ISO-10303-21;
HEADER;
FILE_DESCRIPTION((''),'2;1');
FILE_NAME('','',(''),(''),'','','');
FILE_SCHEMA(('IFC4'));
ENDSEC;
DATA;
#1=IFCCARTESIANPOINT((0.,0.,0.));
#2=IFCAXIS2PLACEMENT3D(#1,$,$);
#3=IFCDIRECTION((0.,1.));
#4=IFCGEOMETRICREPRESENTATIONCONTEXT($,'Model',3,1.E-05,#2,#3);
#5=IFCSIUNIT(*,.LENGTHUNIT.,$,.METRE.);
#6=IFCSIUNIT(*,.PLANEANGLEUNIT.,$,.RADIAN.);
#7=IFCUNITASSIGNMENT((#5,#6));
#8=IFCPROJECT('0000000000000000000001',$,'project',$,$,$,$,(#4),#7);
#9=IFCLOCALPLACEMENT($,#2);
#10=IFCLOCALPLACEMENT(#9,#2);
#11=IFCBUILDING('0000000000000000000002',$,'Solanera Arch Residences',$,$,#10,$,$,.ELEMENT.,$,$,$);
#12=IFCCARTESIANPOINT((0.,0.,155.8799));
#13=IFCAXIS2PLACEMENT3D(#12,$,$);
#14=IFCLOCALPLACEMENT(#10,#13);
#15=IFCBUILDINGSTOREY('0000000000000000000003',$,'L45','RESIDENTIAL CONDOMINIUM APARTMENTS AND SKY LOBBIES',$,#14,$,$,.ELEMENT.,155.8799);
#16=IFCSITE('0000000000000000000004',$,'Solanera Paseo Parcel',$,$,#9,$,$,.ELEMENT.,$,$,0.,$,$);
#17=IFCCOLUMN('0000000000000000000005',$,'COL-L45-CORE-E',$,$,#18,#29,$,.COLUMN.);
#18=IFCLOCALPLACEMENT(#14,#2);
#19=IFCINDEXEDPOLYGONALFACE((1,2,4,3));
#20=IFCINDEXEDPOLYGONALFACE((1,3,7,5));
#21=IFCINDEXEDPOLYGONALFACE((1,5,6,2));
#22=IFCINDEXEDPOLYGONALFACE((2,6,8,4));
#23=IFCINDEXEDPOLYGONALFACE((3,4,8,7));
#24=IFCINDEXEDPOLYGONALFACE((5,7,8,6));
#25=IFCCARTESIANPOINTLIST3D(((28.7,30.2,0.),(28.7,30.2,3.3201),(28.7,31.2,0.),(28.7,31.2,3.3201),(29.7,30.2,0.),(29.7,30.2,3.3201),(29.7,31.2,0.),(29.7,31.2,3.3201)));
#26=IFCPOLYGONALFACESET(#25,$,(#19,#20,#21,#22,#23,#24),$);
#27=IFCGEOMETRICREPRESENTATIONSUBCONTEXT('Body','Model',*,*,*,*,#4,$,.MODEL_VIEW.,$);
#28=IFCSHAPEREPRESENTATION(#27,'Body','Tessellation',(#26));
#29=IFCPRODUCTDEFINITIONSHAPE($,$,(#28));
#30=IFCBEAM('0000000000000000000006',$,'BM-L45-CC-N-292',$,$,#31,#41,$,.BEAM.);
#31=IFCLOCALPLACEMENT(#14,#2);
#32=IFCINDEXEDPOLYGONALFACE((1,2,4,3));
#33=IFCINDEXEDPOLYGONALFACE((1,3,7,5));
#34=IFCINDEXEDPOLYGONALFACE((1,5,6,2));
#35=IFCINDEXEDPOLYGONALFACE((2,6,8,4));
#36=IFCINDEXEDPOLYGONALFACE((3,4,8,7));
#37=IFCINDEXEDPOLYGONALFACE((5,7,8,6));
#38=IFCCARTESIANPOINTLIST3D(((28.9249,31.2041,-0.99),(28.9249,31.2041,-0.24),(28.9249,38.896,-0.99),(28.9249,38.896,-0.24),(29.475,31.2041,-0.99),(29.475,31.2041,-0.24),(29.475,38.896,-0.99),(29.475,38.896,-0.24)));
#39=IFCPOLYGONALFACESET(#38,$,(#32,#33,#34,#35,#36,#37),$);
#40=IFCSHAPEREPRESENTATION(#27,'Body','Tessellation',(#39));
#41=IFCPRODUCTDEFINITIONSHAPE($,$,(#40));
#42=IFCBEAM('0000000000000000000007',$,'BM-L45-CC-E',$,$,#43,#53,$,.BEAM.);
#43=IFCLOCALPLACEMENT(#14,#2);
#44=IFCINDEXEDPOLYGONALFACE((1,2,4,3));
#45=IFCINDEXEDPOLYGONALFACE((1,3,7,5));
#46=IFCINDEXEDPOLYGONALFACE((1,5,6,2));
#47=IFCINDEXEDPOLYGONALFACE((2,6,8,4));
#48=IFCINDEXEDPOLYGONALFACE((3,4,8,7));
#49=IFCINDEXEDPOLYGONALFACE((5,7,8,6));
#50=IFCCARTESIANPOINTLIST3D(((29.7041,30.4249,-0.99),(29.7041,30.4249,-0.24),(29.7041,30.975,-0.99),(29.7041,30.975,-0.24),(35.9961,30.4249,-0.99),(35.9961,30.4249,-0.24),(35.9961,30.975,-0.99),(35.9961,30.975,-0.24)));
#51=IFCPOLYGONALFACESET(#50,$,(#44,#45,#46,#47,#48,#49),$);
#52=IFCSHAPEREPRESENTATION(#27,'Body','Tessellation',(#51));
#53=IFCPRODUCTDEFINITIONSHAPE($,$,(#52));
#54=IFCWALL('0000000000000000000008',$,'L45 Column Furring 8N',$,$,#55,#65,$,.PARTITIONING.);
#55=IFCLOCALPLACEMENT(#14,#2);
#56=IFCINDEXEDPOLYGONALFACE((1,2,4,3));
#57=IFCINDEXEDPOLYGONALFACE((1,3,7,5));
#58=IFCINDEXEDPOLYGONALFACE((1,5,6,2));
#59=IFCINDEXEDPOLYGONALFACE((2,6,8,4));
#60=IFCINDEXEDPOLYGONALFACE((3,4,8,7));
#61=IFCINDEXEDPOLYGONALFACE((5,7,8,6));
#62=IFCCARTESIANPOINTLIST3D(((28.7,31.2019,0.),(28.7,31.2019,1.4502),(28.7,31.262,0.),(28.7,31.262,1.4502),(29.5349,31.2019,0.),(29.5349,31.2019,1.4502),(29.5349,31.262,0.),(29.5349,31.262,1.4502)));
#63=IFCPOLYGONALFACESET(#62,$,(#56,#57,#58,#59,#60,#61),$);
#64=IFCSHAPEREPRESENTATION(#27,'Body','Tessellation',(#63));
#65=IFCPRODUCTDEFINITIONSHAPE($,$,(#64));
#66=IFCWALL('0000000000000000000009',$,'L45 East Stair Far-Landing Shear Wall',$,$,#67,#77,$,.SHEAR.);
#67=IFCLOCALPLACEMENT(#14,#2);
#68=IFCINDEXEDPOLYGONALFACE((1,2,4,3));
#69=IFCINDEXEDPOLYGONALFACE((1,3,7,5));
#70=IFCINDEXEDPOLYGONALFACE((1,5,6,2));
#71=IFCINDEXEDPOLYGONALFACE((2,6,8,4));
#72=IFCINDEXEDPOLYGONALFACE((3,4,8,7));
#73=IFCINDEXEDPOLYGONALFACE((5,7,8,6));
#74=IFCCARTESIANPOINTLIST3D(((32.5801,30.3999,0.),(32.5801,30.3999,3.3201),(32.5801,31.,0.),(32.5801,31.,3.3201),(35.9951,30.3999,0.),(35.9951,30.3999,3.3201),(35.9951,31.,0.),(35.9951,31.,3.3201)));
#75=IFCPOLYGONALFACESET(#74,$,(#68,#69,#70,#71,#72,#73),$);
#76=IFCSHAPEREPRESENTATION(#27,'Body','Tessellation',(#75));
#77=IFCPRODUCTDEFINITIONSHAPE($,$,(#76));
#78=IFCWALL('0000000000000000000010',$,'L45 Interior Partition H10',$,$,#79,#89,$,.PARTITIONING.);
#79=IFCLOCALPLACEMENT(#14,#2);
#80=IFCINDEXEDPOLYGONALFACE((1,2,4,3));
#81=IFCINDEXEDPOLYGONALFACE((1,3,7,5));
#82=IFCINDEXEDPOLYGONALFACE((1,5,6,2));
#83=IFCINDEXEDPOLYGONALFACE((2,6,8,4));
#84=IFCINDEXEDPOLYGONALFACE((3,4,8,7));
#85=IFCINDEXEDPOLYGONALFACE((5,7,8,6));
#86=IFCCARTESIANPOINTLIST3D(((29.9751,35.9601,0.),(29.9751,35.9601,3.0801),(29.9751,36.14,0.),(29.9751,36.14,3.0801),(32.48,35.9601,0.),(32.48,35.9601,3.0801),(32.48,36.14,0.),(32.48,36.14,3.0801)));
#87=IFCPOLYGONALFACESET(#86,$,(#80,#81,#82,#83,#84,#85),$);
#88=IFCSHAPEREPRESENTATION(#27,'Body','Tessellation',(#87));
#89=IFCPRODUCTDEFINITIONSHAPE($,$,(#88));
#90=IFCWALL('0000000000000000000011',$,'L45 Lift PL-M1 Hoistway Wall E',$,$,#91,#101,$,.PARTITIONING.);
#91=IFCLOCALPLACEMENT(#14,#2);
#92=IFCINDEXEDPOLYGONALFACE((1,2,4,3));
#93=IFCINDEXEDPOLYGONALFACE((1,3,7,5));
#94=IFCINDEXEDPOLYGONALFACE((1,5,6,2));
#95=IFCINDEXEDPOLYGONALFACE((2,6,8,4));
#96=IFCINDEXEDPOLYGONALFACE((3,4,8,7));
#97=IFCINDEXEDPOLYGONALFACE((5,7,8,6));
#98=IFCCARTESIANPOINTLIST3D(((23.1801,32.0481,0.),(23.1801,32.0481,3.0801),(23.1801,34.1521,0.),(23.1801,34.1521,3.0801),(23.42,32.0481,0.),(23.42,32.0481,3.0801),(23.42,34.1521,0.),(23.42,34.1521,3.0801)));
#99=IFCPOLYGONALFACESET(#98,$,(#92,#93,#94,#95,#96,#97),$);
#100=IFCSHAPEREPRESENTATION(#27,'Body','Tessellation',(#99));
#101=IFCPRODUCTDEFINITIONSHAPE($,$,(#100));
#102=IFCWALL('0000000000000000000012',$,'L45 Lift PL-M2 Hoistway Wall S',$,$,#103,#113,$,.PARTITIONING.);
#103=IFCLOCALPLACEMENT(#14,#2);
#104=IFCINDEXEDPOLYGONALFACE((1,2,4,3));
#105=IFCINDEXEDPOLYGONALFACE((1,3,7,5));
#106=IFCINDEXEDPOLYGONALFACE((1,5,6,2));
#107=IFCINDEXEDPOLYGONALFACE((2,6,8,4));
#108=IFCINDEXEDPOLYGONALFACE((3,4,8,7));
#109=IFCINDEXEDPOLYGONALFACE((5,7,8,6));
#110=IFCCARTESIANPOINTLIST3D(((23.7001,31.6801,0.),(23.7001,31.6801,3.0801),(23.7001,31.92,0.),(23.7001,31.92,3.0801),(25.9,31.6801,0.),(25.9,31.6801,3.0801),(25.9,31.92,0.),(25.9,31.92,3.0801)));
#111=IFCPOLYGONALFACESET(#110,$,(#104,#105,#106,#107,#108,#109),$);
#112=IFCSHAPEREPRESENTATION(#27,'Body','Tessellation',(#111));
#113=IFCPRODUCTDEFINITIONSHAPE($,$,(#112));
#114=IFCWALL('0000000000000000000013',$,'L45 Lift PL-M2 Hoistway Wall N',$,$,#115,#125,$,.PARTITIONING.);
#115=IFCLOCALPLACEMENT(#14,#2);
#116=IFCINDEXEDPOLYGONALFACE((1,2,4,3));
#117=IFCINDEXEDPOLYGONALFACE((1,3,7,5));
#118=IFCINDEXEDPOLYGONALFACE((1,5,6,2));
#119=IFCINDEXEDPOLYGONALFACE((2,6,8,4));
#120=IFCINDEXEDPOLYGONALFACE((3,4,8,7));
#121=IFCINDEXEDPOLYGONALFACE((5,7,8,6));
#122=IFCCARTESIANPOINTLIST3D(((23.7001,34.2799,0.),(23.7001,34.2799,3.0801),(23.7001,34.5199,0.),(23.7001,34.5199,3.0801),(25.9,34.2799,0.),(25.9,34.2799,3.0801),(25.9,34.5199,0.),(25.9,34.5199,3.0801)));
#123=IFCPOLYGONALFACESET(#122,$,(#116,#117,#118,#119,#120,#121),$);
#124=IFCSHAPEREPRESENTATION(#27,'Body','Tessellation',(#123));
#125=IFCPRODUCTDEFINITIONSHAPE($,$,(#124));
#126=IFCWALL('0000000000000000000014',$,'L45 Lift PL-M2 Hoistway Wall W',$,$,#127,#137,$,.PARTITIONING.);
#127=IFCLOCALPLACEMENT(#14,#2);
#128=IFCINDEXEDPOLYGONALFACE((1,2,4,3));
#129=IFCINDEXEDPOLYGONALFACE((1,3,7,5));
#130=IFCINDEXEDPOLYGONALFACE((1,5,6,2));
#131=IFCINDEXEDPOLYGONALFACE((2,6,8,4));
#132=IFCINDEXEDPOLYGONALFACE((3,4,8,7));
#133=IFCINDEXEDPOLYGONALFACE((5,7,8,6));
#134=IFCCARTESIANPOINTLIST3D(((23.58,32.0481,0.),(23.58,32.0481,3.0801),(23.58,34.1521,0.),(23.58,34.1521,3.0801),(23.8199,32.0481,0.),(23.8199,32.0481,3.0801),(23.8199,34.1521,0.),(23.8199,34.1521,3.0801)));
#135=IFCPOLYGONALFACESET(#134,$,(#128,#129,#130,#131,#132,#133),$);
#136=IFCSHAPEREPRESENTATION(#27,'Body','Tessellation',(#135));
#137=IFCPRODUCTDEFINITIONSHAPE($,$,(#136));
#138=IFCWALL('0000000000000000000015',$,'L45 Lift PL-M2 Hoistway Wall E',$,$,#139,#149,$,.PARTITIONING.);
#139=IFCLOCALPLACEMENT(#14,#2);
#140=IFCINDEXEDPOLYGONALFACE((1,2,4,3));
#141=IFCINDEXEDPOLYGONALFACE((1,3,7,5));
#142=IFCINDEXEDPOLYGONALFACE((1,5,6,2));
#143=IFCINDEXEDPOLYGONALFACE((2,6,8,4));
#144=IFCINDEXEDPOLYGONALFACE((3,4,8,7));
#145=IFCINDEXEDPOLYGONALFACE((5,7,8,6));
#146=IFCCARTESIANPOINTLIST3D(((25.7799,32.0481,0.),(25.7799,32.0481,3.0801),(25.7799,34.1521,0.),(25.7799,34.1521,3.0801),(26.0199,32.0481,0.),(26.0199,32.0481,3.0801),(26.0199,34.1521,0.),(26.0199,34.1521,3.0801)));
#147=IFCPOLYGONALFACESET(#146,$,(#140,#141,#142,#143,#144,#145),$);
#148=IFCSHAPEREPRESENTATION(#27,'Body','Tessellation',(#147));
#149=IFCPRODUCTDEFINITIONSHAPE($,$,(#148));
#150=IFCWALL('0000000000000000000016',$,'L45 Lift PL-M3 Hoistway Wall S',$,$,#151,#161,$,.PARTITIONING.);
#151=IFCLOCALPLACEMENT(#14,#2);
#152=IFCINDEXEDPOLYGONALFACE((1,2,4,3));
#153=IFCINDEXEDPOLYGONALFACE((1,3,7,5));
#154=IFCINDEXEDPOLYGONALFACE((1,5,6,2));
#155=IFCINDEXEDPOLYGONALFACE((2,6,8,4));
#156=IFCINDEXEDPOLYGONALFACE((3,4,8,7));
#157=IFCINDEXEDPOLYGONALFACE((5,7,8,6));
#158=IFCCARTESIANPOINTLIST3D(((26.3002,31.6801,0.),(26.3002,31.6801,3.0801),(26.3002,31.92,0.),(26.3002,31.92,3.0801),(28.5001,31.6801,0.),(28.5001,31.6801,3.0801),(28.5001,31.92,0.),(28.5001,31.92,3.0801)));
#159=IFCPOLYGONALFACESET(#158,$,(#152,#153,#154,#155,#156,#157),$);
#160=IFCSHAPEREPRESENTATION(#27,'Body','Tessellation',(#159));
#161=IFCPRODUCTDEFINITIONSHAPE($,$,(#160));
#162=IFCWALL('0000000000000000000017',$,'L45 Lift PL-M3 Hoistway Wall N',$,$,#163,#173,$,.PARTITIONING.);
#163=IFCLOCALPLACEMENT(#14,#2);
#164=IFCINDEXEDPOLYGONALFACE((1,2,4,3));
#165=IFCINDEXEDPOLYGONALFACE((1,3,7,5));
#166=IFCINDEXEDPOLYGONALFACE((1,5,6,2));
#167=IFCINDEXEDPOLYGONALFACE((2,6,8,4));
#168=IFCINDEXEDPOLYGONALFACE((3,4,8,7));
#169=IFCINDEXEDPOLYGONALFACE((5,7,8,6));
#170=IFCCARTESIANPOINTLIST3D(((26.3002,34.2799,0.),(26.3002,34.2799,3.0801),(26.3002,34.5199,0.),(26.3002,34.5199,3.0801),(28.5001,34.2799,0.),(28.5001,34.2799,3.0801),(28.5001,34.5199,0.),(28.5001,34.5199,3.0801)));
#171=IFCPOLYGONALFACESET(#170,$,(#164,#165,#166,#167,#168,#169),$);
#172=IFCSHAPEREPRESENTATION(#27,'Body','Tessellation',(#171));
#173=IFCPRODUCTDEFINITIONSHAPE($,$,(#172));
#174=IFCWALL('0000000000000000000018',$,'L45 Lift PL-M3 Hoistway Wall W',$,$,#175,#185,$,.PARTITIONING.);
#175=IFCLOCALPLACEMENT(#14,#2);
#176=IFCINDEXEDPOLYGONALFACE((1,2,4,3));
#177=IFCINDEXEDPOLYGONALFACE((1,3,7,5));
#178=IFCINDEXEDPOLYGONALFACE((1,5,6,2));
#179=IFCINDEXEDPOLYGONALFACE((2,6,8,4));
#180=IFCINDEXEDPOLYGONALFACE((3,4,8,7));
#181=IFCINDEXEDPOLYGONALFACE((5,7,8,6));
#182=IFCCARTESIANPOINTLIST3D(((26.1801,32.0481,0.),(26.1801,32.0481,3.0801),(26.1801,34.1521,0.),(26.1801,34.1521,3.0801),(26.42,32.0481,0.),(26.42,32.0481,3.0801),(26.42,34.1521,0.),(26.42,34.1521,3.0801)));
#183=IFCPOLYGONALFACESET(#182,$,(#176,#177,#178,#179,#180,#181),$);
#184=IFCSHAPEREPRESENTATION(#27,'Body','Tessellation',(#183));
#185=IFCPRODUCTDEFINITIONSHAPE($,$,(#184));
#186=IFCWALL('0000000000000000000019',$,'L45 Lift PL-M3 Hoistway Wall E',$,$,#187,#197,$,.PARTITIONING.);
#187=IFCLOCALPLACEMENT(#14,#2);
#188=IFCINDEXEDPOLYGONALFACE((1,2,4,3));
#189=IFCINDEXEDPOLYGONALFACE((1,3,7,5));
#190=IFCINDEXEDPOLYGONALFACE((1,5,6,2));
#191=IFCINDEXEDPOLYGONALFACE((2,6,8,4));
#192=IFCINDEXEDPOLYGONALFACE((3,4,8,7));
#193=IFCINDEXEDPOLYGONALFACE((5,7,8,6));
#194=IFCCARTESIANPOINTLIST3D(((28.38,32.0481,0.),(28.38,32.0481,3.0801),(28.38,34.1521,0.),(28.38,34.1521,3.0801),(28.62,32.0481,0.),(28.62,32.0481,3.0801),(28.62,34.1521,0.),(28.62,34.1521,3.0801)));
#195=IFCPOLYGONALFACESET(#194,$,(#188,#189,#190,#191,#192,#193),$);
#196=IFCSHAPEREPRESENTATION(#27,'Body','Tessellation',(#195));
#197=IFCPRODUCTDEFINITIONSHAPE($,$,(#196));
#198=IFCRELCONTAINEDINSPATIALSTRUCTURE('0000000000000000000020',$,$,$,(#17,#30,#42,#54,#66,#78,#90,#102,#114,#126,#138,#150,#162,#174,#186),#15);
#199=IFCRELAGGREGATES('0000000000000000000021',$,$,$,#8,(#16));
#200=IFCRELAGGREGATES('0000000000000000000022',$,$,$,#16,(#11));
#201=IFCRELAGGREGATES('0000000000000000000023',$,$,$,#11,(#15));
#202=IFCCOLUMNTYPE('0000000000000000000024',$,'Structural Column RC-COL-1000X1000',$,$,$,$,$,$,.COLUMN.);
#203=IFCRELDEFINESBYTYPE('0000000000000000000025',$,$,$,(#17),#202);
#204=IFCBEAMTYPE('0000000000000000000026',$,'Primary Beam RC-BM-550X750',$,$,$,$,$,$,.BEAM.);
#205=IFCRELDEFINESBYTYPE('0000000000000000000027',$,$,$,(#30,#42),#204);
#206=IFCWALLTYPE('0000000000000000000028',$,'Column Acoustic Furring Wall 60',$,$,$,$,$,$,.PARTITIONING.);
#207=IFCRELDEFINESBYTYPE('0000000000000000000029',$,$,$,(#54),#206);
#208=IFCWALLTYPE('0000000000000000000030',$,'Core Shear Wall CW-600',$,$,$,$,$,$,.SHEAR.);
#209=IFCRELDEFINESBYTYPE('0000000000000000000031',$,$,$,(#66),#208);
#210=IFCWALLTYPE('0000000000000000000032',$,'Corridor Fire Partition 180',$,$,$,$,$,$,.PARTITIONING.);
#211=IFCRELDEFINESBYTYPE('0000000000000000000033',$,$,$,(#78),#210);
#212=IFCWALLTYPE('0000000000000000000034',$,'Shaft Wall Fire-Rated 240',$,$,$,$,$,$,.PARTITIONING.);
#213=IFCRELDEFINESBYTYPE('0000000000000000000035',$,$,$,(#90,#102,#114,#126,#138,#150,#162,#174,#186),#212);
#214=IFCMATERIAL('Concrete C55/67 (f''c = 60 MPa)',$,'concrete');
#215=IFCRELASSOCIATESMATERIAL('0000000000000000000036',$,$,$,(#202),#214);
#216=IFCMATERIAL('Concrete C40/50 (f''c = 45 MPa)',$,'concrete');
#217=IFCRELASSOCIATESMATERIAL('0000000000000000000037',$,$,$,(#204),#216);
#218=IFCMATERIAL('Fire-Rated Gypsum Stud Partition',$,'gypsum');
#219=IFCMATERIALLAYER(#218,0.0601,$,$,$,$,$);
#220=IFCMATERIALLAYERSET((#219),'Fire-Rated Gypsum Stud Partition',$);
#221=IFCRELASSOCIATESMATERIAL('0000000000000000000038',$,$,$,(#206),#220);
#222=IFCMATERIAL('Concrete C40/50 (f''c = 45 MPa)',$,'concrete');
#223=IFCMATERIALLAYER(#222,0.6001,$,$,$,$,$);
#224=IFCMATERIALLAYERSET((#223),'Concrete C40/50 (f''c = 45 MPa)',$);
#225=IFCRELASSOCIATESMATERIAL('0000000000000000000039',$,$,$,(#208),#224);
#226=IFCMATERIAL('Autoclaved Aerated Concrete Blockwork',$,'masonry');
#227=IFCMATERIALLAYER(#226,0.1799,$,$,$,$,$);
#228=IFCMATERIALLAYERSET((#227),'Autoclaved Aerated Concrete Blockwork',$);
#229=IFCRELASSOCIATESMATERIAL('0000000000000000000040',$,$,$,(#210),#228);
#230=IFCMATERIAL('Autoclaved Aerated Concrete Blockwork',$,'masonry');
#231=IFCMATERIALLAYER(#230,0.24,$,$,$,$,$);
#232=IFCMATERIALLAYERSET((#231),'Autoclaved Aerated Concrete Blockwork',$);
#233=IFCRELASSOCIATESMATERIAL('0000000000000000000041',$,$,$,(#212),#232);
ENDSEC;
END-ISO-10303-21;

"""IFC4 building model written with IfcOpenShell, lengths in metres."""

from ifc_helpers import new_model, si_unit, direction, frame, frame_2d, origin, origin_2d, place, context, subcontext, project, spatial, rectangle, extrude, material, layer, layer_set, material_profile, profile_set, type_object, element, save


model = new_model("IFC4")

# Units and contexts
model_context = context("Model", 3, precision=1e-05, world=origin(), true_north=direction((0.0, 1.0)))
body_context = subcontext(model_context, "Body", "Model", "MODEL_VIEW")
ifc_project = project(units=[si_unit("LENGTHUNIT", "METRE"), si_unit("PLANEANGLEUNIT", "RADIAN")], contexts=[model_context])

# Site, building, storey
site_placement = place(None, origin())
site = spatial("IfcSite", under=ifc_project, at=site_placement, Name="Solanera Paseo Parcel", CompositionType="ELEMENT", RefElevation=0.0)
building_placement = place(site_placement, origin())
building = spatial("IfcBuilding", under=site, at=building_placement, Name="Solanera Arch Residences", CompositionType="ELEMENT")
storey_placement = place(building_placement, frame((0.0, 0.0, 155.8799)))
storey = spatial("IfcBuildingStorey", under=building, at=storey_placement, Name="L45", Description="RESIDENTIAL CONDOMINIUM APARTMENTS AND SKY LOBBIES", CompositionType="ELEMENT", Elevation=155.8799)

# Column
ifc_material_1 = material(Name="Concrete C55/67 (f'c = 60 MPa)", Category="concrete")
ifc_material_profile_1 = material_profile(ifc_material_1, rectangle(XDim=1.0, YDim=1.0, at=origin_2d()))
ifc_profile_set_1 = profile_set([ifc_material_profile_1], Name="Concrete C55/67 (f'c = 60 MPa)")
column_type = type_object("IfcColumnType", Name="Structural Column RC-COL-1000X1000", PredefinedType="COLUMN", material=ifc_profile_set_1)
column_placement = place(storey_placement, frame((29.2, 30.7, 0.0), z_axis=(0.0, 0.0, 1.0), x_axis=(1.0, 0.0, 0.0)))
element("IfcColumn", 1, at=column_placement, inside=storey, type_object=column_type, Name="COL-L45-CORE-E", PredefinedType="COLUMN", context=body_context, shape_type="SweptSolid", body=[
    extrude(rectangle(XDim=1.0, YDim=1.0, at=origin_2d()), origin(), (0.0, 0.0, 1.0), 3.3201),
])

# Beams
ifc_material_2 = material(Name="Concrete C40/50 (f'c = 45 MPa)", Category="concrete")
ifc_material_profile_2 = material_profile(ifc_material_2, rectangle(XDim=0.55, YDim=0.75, at=origin_2d()))
ifc_profile_set_2 = profile_set([ifc_material_profile_2], Name="Concrete C40/50 (f'c = 45 MPa)")
beam_type = type_object("IfcBeamType", Name="Primary Beam RC-BM-550X750", PredefinedType="BEAM", material=ifc_profile_set_2)
beam_1_placement = place(storey_placement, frame((29.2, 31.2041, -0.615), z_axis=(0.0, 1.0, 0.0), x_axis=(-1.0, 0.0, 0.0)))
element("IfcBeam", 2, at=beam_1_placement, inside=storey, type_object=beam_type, Name="BM-L45-CC-N-292", PredefinedType="BEAM", context=body_context, shape_type="SweptSolid", body=[
    extrude(rectangle(XDim=0.55, YDim=0.75, at=origin_2d()), origin(), (0.0, 0.0, 1.0), 7.6919),
])
beam_2_placement = place(storey_placement, frame((29.7041, 30.7, -0.615), z_axis=(1.0, 0.0, 0.0), x_axis=(0.0, 1.0, 0.0)))
element("IfcBeam", 3, at=beam_2_placement, inside=storey, type_object=beam_type, Name="BM-L45-CC-E", PredefinedType="BEAM", context=body_context, shape_type="SweptSolid", body=[
    extrude(rectangle(XDim=0.55, YDim=0.75, at=origin_2d()), origin(), (0.0, 0.0, 1.0), 6.292),
])

# Walls
ifc_material_3 = material(Name="Fire-Rated Gypsum Stud Partition", Category="gypsum")
ifc_layer_1 = layer(ifc_material_3, 0.0601)
ifc_layer_set_1 = layer_set([ifc_layer_1], Name="Fire-Rated Gypsum Stud Partition")
wall_type_1 = type_object("IfcWallType", Name="Column Acoustic Furring Wall 60", PredefinedType="PARTITIONING", material=ifc_layer_set_1)
wall_1_placement = place(storey_placement, frame((28.7, 31.2319, 0.0), z_axis=(0.0, 0.0, 1.0), x_axis=(1.0, 0.0, 0.0)))
element("IfcWall", 4, at=wall_1_placement, inside=storey, type_object=wall_type_1, Name="L45 Column Furring 8N", PredefinedType="PARTITIONING", context=body_context, shape_type="SweptSolid", body=[
    extrude(rectangle(XDim=0.835, YDim=0.0601, at=frame_2d((0.4175, 0.0))), origin(), (0.0, 0.0, 1.0), 1.4502),
])
ifc_material_4 = material(Name="Concrete C40/50 (f'c = 45 MPa)", Category="concrete")
ifc_layer_2 = layer(ifc_material_4, 0.6001)
ifc_layer_set_2 = layer_set([ifc_layer_2], Name="Concrete C40/50 (f'c = 45 MPa)")
wall_type_2 = type_object("IfcWallType", Name="Core Shear Wall CW-600", PredefinedType="SHEAR", material=ifc_layer_set_2)
wall_2_placement = place(storey_placement, frame((32.5801, 30.7, 0.0), z_axis=(0.0, 0.0, 1.0), x_axis=(1.0, 0.0, 0.0)))
element("IfcWall", 5, at=wall_2_placement, inside=storey, type_object=wall_type_2, Name="L45 East Stair Far-Landing Shear Wall", PredefinedType="SHEAR", context=body_context, shape_type="SweptSolid", body=[
    extrude(rectangle(XDim=3.415, YDim=0.6001, at=frame_2d((1.7075, 0.0))), origin(), (0.0, 0.0, 1.0), 3.3201),
])
ifc_material_5 = material(Name="Autoclaved Aerated Concrete Blockwork", Category="masonry")
ifc_layer_3 = layer(ifc_material_5, 0.1799)
ifc_layer_set_3 = layer_set([ifc_layer_3], Name="Autoclaved Aerated Concrete Blockwork")
wall_type_3 = type_object("IfcWallType", Name="Corridor Fire Partition 180", PredefinedType="PARTITIONING", material=ifc_layer_set_3)
wall_3_placement = place(storey_placement, frame((29.9751, 36.05, 0.0), z_axis=(0.0, 0.0, 1.0), x_axis=(1.0, 0.0, 0.0)))
element("IfcWall", 6, at=wall_3_placement, inside=storey, type_object=wall_type_3, Name="L45 Interior Partition H10", PredefinedType="PARTITIONING", context=body_context, shape_type="SweptSolid", body=[
    extrude(rectangle(XDim=2.5049, YDim=0.1799, at=frame_2d((1.2524, 0.0))), origin(), (0.0, 0.0, 1.0), 3.0801),
])
ifc_material_6 = material(Name="Autoclaved Aerated Concrete Blockwork", Category="masonry")
ifc_layer_4 = layer(ifc_material_6, 0.24)
ifc_layer_set_4 = layer_set([ifc_layer_4], Name="Autoclaved Aerated Concrete Blockwork")
wall_type_4 = type_object("IfcWallType", Name="Shaft Wall Fire-Rated 240", PredefinedType="PARTITIONING", material=ifc_layer_set_4)
wall_4_placement = place(storey_placement, frame((23.3, 32.0481, 0.0), z_axis=(0.0, 0.0, 1.0), x_axis=(0.0, 1.0, 0.0)))
element("IfcWall", 7, at=wall_4_placement, inside=storey, type_object=wall_type_4, Name="L45 Lift PL-M1 Hoistway Wall E", PredefinedType="PARTITIONING", context=body_context, shape_type="SweptSolid", body=[
    extrude(rectangle(XDim=2.104, YDim=0.24, at=frame_2d((1.052, 0.0))), origin(), (0.0, 0.0, 1.0), 3.0801),
])
for number, where, z_axis, x_axis, name in (
    (8, (23.7, 31.8, 0.0), (0.0, 0.0, 1.0), (1.0, 0.0, 0.0), "L45 Lift PL-M2 Hoistway Wall S"),
    (9, (23.7, 34.3999, 0.0), (0.0, 0.0, 1.0), (1.0, 0.0, 0.0), "L45 Lift PL-M2 Hoistway Wall N"),
):
    element("IfcWall", number, at=place(storey_placement, frame(where, z_axis=z_axis, x_axis=x_axis)), inside=storey, type_object=wall_type_4, Name=name, PredefinedType="PARTITIONING", context=body_context, shape_type="SweptSolid", body=[
        extrude(rectangle(XDim=2.2, YDim=0.24, at=frame_2d((1.1001, 0.0))), origin(), (0.0, 0.0, 1.0), 3.0801),
    ])
for number, where, z_axis, x_axis, name in (
    (10, (23.7, 32.0481, 0.0), (0.0, 0.0, 1.0), (0.0, 1.0, 0.0), "L45 Lift PL-M2 Hoistway Wall W"),
    (11, (25.8999, 32.0481, 0.0), (0.0, 0.0, 1.0), (0.0, 1.0, 0.0), "L45 Lift PL-M2 Hoistway Wall E"),
):
    element("IfcWall", number, at=place(storey_placement, frame(where, z_axis=z_axis, x_axis=x_axis)), inside=storey, type_object=wall_type_4, Name=name, PredefinedType="PARTITIONING", context=body_context, shape_type="SweptSolid", body=[
        extrude(rectangle(XDim=2.104, YDim=0.24, at=frame_2d((1.052, 0.0))), origin(), (0.0, 0.0, 1.0), 3.0801),
    ])
for number, where, z_axis, x_axis, name in (
    (12, (26.3, 31.8, 0.0), (0.0, 0.0, 1.0), (1.0, 0.0, 0.0), "L45 Lift PL-M3 Hoistway Wall S"),
    (13, (26.3, 34.3999, 0.0), (0.0, 0.0, 1.0), (1.0, 0.0, 0.0), "L45 Lift PL-M3 Hoistway Wall N"),
):
    element("IfcWall", number, at=place(storey_placement, frame(where, z_axis=z_axis, x_axis=x_axis)), inside=storey, type_object=wall_type_4, Name=name, PredefinedType="PARTITIONING", context=body_context, shape_type="SweptSolid", body=[
        extrude(rectangle(XDim=2.2, YDim=0.24, at=frame_2d((1.1001, 0.0))), origin(), (0.0, 0.0, 1.0), 3.0801),
    ])
for number, where, z_axis, x_axis, name in (
    (14, (26.3, 32.0481, 0.0), (0.0, 0.0, 1.0), (0.0, 1.0, 0.0), "L45 Lift PL-M3 Hoistway Wall W"),
    (15, (28.5, 32.0481, 0.0), (0.0, 0.0, 1.0), (0.0, 1.0, 0.0), "L45 Lift PL-M3 Hoistway Wall E"),
):
    element("IfcWall", number, at=place(storey_placement, frame(where, z_axis=z_axis, x_axis=x_axis)), inside=storey, type_object=wall_type_4, Name=name, PredefinedType="PARTITIONING", context=body_context, shape_type="SweptSolid", body=[
        extrude(rectangle(XDim=2.104, YDim=0.24, at=frame_2d((1.052, 0.0))), origin(), (0.0, 0.0, 1.0), 3.0801),
    ])

save(model, "model.ifc")
